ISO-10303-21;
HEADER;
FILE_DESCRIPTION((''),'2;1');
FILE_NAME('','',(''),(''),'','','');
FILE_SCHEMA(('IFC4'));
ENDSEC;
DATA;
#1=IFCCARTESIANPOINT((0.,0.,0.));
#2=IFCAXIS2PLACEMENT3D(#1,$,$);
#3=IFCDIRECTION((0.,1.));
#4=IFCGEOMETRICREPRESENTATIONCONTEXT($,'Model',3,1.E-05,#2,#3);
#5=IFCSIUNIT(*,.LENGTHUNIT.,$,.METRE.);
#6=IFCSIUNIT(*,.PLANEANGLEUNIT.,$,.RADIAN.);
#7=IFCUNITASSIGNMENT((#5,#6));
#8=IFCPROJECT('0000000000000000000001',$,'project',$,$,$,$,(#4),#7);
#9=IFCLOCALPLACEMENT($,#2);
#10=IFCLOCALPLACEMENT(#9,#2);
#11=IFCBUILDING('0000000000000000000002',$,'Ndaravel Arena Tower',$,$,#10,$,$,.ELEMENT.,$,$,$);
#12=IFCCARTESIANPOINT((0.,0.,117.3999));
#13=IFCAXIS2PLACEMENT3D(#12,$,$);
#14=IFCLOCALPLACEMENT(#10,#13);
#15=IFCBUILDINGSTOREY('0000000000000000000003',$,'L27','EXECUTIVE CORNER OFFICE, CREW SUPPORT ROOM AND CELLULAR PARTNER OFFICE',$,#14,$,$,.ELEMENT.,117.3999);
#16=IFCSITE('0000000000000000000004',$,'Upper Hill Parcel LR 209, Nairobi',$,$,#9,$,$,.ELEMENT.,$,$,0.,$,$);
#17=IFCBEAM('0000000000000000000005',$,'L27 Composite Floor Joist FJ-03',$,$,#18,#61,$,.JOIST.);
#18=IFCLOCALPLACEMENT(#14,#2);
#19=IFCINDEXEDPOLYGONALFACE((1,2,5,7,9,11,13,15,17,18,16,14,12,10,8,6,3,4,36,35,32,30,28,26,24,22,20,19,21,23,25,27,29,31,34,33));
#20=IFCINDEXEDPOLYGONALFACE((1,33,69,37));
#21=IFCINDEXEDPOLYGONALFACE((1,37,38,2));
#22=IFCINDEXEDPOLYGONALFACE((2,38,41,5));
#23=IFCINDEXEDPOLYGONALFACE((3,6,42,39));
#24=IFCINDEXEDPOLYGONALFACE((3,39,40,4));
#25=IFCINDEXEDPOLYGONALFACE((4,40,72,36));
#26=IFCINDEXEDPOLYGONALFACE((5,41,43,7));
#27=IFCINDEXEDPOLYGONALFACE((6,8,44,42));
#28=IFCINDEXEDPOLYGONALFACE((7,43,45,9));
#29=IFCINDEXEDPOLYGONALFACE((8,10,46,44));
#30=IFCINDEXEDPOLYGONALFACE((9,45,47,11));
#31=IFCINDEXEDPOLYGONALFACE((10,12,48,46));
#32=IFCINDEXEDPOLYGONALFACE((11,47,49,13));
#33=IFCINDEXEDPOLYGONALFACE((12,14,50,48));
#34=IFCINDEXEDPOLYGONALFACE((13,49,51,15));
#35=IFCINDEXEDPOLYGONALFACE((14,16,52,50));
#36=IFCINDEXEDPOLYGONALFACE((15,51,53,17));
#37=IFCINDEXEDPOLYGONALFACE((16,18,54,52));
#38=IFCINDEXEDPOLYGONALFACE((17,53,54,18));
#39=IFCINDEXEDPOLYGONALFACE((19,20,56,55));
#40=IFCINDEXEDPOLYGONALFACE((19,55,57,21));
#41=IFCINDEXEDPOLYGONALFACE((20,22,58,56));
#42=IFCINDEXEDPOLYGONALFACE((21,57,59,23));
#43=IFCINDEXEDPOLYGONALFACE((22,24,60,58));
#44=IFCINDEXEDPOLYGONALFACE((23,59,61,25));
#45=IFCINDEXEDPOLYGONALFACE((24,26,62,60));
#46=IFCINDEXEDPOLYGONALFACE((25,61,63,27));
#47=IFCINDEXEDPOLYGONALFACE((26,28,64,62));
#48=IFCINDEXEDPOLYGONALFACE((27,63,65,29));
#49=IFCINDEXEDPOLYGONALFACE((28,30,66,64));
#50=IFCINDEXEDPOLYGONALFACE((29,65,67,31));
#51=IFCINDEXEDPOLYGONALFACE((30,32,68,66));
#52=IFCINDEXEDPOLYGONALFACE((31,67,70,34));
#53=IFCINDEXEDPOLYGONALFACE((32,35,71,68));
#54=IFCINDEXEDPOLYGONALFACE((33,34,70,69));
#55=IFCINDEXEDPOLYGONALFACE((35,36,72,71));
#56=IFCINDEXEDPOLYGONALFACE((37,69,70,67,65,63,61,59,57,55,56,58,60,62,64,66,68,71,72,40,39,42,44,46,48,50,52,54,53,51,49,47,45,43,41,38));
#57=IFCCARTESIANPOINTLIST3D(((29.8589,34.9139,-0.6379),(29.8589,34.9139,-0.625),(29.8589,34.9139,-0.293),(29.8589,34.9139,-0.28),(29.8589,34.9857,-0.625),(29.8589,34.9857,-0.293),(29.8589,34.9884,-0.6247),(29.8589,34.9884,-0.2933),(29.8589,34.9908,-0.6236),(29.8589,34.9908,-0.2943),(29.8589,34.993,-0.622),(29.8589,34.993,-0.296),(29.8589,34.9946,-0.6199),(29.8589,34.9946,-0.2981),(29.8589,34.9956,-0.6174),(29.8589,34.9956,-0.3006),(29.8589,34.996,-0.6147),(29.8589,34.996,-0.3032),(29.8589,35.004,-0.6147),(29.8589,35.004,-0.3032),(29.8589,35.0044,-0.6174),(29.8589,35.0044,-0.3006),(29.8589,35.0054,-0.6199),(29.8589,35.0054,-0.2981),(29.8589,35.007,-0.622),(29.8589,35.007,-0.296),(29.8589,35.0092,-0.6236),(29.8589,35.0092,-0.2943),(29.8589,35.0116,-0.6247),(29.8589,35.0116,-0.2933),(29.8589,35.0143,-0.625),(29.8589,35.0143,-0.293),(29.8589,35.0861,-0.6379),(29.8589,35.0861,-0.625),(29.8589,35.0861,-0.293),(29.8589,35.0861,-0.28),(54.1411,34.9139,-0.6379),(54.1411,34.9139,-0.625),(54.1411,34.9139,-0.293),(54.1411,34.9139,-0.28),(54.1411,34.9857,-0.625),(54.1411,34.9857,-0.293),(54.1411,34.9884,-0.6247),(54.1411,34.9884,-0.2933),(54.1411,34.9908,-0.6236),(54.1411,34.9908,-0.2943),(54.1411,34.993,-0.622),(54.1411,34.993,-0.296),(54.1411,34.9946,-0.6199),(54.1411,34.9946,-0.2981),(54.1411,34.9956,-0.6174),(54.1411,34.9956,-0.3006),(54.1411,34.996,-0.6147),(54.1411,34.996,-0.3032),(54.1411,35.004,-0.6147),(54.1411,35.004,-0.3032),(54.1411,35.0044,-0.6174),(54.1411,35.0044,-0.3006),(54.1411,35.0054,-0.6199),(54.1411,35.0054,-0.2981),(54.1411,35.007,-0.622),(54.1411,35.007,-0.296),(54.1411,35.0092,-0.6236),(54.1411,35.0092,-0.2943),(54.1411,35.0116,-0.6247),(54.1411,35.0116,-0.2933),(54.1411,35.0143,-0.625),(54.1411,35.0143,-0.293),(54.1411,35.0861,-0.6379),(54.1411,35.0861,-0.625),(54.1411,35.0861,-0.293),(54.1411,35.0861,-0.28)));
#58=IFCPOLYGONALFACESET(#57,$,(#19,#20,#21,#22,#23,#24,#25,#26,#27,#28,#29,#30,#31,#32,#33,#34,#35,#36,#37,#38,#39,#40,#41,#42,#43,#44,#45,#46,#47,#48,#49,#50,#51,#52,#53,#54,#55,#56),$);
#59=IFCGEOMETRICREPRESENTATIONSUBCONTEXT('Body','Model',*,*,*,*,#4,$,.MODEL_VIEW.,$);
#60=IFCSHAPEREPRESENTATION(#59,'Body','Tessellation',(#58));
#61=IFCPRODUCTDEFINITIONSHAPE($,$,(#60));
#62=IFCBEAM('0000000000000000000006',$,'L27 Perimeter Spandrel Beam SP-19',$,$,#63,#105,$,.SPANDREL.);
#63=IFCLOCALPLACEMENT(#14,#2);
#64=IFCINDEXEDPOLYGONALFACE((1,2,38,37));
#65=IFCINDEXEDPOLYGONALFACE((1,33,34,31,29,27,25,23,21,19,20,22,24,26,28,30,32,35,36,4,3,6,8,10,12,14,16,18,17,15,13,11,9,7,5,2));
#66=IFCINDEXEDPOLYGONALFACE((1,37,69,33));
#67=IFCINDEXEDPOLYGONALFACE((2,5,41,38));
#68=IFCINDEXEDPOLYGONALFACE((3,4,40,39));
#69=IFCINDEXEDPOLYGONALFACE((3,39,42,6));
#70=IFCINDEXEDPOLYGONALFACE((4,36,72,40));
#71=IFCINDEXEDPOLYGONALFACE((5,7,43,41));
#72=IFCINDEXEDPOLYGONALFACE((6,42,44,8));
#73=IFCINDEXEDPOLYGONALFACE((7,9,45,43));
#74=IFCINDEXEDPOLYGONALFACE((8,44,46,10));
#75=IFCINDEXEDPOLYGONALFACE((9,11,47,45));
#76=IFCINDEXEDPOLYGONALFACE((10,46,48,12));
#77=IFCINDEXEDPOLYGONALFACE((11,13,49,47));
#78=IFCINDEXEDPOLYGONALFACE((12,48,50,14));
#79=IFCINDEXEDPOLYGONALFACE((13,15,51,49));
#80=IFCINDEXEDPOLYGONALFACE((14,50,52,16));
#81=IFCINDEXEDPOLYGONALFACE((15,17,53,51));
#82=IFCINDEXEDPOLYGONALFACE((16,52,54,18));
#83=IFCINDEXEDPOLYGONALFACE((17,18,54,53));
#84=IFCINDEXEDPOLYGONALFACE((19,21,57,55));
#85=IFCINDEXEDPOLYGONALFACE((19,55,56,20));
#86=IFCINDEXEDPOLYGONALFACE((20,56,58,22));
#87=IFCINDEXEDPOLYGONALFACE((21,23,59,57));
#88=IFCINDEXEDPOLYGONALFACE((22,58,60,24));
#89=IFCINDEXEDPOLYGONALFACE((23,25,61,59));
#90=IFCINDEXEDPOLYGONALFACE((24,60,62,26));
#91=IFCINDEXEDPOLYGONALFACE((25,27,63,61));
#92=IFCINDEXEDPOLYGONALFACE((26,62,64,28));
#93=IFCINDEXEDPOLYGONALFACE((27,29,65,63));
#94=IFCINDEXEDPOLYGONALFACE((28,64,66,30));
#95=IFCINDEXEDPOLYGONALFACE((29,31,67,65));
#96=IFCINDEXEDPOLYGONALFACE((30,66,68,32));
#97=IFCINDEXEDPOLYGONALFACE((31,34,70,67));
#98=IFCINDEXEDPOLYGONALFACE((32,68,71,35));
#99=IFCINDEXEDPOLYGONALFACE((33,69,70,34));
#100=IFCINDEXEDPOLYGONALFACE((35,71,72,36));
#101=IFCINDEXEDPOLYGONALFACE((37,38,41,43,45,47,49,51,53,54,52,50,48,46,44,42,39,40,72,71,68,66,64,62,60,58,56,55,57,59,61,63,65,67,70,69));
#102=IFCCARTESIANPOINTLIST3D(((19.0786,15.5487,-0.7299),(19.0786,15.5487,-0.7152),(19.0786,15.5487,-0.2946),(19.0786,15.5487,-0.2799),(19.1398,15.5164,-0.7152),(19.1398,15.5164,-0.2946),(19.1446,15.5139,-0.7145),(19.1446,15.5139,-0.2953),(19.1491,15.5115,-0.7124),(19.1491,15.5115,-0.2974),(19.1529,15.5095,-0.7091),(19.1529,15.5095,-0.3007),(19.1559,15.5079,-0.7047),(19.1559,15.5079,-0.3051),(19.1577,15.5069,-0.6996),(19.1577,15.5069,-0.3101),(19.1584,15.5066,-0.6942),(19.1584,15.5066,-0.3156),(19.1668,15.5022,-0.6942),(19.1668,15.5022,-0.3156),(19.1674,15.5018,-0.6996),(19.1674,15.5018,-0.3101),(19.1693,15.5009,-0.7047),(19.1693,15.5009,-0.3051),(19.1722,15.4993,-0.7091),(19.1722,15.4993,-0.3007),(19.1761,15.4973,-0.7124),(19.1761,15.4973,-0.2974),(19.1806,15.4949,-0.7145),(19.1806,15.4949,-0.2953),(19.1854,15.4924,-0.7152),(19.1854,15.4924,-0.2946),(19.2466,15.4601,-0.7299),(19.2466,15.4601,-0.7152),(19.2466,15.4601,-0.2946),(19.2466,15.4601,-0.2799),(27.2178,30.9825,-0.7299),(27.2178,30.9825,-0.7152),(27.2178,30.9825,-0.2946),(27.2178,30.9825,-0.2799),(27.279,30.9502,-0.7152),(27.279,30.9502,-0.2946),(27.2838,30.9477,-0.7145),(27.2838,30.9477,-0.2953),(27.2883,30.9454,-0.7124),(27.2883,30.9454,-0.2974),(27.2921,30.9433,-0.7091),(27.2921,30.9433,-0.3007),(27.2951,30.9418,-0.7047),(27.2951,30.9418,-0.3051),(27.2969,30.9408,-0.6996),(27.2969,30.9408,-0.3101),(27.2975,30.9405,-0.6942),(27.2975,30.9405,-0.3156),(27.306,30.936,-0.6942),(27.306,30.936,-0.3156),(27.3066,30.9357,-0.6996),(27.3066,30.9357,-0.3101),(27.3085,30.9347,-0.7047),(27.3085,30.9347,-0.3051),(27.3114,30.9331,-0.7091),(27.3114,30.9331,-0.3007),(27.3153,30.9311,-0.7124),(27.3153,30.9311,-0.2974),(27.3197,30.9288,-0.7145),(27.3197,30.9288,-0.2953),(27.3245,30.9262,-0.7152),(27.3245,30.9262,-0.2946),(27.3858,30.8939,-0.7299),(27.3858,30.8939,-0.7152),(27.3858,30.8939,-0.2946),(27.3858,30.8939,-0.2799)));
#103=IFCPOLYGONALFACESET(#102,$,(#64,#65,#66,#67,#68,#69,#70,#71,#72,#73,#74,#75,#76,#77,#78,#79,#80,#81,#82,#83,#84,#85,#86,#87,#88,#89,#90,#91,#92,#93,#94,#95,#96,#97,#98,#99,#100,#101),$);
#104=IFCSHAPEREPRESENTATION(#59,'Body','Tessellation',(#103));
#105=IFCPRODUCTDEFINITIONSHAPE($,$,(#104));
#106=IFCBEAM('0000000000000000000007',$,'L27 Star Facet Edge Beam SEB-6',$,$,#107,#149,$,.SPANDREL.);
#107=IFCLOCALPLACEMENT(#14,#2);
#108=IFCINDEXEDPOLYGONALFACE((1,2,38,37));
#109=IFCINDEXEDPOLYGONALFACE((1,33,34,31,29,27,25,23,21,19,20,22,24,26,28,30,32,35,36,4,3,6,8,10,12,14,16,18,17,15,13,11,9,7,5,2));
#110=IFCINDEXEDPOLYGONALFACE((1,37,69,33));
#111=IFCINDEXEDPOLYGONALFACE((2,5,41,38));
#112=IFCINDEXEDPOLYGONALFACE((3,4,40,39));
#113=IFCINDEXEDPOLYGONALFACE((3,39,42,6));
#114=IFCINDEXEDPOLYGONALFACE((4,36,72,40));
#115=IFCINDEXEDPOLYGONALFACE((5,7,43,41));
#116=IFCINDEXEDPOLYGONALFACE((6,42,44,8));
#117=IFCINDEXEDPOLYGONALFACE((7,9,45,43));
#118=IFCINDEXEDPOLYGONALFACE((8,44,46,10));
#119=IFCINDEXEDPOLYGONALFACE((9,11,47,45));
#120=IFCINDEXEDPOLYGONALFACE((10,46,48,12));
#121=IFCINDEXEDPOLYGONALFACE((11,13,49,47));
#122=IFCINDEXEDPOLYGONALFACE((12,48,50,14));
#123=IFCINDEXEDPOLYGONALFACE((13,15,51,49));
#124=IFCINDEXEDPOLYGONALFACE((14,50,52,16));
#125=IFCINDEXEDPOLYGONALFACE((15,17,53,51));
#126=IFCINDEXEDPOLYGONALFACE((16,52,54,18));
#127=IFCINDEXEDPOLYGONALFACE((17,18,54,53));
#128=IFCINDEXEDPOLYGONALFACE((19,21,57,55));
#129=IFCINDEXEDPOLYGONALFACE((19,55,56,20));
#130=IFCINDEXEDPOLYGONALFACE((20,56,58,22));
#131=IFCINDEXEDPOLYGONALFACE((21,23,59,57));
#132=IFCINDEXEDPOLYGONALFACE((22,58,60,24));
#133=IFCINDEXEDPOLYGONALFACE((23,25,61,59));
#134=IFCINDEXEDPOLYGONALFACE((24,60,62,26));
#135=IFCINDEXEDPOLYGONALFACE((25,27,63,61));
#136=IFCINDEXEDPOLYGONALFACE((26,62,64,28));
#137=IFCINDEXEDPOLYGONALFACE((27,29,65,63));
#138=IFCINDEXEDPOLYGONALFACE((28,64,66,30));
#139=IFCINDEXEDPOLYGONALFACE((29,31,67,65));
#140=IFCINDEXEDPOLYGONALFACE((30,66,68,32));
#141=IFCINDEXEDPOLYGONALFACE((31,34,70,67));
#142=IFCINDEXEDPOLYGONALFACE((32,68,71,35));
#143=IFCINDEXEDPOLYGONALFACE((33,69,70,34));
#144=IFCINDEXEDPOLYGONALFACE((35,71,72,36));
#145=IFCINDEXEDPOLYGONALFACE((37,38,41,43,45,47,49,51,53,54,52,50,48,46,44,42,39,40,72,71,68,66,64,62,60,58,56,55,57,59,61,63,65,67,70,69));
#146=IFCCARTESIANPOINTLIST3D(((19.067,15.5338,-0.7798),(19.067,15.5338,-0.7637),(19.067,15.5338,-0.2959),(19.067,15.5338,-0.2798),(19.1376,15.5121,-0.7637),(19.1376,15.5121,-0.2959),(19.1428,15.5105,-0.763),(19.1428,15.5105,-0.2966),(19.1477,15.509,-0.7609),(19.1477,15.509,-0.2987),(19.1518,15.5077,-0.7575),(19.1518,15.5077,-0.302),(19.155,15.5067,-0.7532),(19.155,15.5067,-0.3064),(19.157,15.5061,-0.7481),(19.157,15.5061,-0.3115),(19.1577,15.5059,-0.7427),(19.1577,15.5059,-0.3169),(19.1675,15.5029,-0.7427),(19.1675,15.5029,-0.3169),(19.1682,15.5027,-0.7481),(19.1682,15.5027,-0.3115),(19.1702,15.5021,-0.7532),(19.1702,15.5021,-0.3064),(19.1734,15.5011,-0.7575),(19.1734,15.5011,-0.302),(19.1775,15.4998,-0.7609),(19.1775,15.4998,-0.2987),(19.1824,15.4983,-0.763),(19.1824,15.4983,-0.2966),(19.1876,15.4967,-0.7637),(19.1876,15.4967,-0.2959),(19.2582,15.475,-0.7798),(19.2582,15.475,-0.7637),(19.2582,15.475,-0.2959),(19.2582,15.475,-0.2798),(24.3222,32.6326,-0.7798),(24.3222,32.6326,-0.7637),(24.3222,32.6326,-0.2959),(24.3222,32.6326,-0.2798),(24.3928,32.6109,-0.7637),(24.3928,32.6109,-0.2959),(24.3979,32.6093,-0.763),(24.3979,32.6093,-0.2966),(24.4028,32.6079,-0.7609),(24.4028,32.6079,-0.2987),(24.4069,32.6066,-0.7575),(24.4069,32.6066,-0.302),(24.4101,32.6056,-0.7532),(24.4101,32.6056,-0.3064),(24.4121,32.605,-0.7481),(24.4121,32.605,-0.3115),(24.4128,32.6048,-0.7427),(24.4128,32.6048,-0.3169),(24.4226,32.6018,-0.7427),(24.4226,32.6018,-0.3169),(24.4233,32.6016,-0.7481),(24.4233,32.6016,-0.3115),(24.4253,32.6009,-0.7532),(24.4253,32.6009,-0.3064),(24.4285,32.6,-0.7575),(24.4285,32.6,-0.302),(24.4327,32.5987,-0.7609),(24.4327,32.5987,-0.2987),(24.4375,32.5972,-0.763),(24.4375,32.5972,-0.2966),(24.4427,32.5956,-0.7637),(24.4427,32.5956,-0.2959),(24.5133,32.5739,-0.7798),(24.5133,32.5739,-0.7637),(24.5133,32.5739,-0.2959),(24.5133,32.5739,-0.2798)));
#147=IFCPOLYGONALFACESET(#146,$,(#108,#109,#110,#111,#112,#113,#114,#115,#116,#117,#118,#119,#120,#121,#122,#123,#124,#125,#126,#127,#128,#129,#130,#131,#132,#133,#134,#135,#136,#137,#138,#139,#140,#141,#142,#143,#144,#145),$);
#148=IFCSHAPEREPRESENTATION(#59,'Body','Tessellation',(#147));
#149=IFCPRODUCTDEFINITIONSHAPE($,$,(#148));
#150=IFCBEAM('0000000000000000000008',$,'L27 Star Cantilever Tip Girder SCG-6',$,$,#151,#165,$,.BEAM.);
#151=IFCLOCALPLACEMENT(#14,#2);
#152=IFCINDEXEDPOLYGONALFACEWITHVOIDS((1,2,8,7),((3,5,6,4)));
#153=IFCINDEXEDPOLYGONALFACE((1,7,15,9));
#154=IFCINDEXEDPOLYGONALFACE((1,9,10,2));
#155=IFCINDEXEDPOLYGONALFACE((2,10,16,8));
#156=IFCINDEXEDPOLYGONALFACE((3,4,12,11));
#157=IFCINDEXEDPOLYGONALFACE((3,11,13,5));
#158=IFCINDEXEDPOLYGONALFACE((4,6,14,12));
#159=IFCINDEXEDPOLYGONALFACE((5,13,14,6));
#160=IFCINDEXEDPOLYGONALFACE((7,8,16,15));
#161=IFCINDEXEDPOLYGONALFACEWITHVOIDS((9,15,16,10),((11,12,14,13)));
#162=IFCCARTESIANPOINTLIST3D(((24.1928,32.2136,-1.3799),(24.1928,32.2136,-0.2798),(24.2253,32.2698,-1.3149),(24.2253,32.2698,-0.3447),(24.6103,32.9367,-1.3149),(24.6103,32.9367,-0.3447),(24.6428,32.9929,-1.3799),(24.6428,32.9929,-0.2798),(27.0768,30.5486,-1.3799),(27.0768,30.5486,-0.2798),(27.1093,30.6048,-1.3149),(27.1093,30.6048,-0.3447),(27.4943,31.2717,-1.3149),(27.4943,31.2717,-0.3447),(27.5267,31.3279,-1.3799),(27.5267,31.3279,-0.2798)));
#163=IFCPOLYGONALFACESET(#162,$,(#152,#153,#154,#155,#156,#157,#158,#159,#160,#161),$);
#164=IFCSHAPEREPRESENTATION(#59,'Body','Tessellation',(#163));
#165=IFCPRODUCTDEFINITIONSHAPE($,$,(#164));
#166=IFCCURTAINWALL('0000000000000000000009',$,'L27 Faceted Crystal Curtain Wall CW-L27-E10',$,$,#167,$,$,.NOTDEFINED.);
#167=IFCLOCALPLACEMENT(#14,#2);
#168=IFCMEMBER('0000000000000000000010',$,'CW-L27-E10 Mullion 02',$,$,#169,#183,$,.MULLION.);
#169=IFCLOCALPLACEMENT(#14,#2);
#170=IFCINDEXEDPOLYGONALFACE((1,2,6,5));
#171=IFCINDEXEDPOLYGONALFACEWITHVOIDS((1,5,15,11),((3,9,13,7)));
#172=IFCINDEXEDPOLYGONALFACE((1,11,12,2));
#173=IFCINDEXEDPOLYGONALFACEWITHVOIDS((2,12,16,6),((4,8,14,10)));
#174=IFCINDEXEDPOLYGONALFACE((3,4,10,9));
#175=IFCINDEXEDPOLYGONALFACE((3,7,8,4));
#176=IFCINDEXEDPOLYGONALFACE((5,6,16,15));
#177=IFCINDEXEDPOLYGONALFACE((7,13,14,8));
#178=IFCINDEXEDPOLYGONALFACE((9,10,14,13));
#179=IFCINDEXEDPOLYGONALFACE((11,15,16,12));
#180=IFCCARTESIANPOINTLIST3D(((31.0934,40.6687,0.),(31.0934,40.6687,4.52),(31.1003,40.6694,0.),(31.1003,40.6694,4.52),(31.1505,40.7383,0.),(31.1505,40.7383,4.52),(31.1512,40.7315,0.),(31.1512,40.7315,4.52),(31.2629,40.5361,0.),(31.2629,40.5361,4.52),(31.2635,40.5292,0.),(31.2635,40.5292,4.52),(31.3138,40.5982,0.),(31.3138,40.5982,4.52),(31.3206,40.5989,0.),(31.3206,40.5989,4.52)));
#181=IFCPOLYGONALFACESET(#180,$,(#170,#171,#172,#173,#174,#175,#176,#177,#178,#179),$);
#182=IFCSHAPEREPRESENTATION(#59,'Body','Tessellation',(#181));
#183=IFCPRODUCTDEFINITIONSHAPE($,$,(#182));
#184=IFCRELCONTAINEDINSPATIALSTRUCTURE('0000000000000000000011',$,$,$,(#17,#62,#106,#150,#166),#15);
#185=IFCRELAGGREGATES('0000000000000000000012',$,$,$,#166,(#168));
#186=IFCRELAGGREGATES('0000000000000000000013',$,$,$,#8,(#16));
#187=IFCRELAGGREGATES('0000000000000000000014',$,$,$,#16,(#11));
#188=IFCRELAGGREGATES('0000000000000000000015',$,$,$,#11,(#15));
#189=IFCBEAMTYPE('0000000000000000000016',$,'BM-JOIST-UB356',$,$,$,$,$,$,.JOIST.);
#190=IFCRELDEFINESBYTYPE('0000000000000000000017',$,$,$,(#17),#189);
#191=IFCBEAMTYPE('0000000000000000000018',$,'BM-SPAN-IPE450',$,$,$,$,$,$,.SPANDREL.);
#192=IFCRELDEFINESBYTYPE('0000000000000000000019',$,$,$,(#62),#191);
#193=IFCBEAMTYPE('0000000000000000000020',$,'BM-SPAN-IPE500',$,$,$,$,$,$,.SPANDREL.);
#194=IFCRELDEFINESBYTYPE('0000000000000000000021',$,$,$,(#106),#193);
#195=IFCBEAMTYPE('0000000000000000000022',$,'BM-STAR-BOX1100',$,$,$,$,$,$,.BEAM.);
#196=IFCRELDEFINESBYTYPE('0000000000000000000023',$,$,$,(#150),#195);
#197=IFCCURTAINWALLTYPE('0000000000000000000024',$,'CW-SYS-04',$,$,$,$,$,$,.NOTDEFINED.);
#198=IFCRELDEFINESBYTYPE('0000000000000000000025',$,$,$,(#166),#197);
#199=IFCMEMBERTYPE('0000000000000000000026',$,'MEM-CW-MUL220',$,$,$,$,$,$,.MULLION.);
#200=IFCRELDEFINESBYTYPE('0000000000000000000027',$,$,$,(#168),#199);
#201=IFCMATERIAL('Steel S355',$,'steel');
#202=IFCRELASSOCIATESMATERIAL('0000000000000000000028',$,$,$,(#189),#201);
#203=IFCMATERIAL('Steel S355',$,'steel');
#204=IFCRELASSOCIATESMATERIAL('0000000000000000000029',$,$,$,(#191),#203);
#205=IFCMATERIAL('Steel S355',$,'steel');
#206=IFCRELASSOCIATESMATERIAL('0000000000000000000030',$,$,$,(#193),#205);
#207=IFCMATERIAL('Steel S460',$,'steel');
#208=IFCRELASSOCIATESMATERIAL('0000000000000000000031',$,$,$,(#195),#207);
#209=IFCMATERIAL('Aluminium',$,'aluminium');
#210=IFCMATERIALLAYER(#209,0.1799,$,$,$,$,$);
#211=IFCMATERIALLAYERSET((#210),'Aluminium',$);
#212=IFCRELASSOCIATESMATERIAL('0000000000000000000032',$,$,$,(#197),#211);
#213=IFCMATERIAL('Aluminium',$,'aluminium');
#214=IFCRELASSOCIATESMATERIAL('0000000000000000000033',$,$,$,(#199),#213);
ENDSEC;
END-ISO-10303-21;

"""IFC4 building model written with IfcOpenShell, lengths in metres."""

from ifc_helpers import new_model, si_unit, direction, frame, origin, origin_2d, place, context, subcontext, project, spatial, hollow_rectangle, i_section, extrude, material, layer, layer_set, material_profile, profile_set, type_object, element, aggregate, save


model = new_model("IFC4")

# Units and contexts
model_context = context("Model", 3, precision=1e-05, world=origin(), true_north=direction((0.0, 1.0)))
body_context = subcontext(model_context, "Body", "Model", "MODEL_VIEW")
ifc_project = project(units=[si_unit("LENGTHUNIT", "METRE"), si_unit("PLANEANGLEUNIT", "RADIAN")], contexts=[model_context])

# Site, building, storey
site_placement = place(None, origin())
site = spatial("IfcSite", under=ifc_project, at=site_placement, Name="Upper Hill Parcel LR 209, Nairobi", CompositionType="ELEMENT", RefElevation=0.0)
building_placement = place(site_placement, origin())
building = spatial("IfcBuilding", under=site, at=building_placement, Name="Ndaravel Arena Tower", CompositionType="ELEMENT")
storey_placement = place(building_placement, frame((0.0, 0.0, 117.3999)))
storey = spatial("IfcBuildingStorey", under=building, at=storey_placement, Name="L27", Description="EXECUTIVE CORNER OFFICE, CREW SUPPORT ROOM AND CELLULAR PARTNER OFFICE", CompositionType="ELEMENT", Elevation=117.3999)

# Beams
ifc_material_1 = material(Name="Steel S355", Category="steel")
ifc_material_profile_1 = material_profile(ifc_material_1, i_section(OverallWidth=0.1721, OverallDepth=0.3579, WebThickness=0.0081, FlangeThickness=0.0129, FilletRadius=0.0103, at=origin_2d()), Name="UB 356x171x57")
ifc_profile_set_1 = profile_set([ifc_material_profile_1], Name="Steel S355")
beam_type_1 = type_object("IfcBeamType", Name="BM-JOIST-UB356", PredefinedType="JOIST", material=ifc_profile_set_1)
beam_1_placement = place(storey_placement, frame((29.8589, 35.0, -0.459), z_axis=(1.0, 0.0, 0.0), x_axis=(0.0, 1.0, 0.0)))
element("IfcBeam", 1, at=beam_1_placement, inside=storey, type_object=beam_type_1, Name="L27 Composite Floor Joist FJ-03", PredefinedType="JOIST", context=body_context, shape_type="SweptSolid", body=[
    extrude(i_section(OverallWidth=0.1721, OverallDepth=0.3579, WebThickness=0.0081, FlangeThickness=0.0129, FilletRadius=0.0103, at=origin_2d()), origin(), (0.0, 0.0, 1.0), 24.2822),
])
ifc_material_2 = material(Name="Steel S355", Category="steel")
ifc_material_profile_2 = material_profile(ifc_material_2, i_section(OverallWidth=0.1899, OverallDepth=0.45, WebThickness=0.0095, FlangeThickness=0.0146, FilletRadius=0.021, at=origin_2d()), Name="IPE 450")
ifc_profile_set_2 = profile_set([ifc_material_profile_2], Name="Steel S355")
beam_type_2 = type_object("IfcBeamType", Name="BM-SPAN-IPE450", PredefinedType="SPANDREL", material=ifc_profile_set_2)
beam_2_placement = place(storey_placement, frame((27.3018, 30.9382, -0.5049), z_axis=(-0.466468, -0.884538, 0.0), x_axis=(0.884538, -0.466468, 0.0)))
element("IfcBeam", 2, at=beam_2_placement, inside=storey, type_object=beam_type_2, Name="L27 Perimeter Spandrel Beam SP-19", PredefinedType="SPANDREL", context=body_context, shape_type="SweptSolid", body=[
    extrude(i_section(OverallWidth=0.1899, OverallDepth=0.45, WebThickness=0.0095, FlangeThickness=0.0146, FilletRadius=0.021, at=origin_2d()), origin(), (0.0, 0.0, 1.0), 17.4485),
])
ifc_material_3 = material(Name="Steel S355", Category="steel")
ifc_material_profile_3 = material_profile(ifc_material_3, i_section(OverallWidth=0.2, OverallDepth=0.5, WebThickness=0.0103, FlangeThickness=0.0161, FilletRadius=0.021, at=origin_2d()), Name="IPE 500")
ifc_profile_set_3 = profile_set([ifc_material_profile_3], Name="Steel S355")
beam_type_3 = type_object("IfcBeamType", Name="BM-SPAN-IPE500", PredefinedType="SPANDREL", material=ifc_profile_set_3)
beam_3_placement = place(storey_placement, frame((24.4177, 32.6033, -0.5298), z_axis=(-0.293776, -0.955874, 0.0), x_axis=(0.955874, -0.293776, 0.0)))
element("IfcBeam", 3, at=beam_3_placement, inside=storey, type_object=beam_type_3, Name="L27 Star Facet Edge Beam SEB-6", PredefinedType="SPANDREL", context=body_context, shape_type="SweptSolid", body=[
    extrude(i_section(OverallWidth=0.2, OverallDepth=0.5, WebThickness=0.0103, FlangeThickness=0.0161, FilletRadius=0.021, at=origin_2d()), origin(), (0.0, 0.0, 1.0), 17.8882),
])
ifc_material_4 = material(Name="Steel S460", Category="steel")
ifc_material_profile_4 = material_profile(ifc_material_4, hollow_rectangle(XDim=0.8999, YDim=1.1001, WallThickness=0.0649, at=origin_2d()), Name="BOX 1100x900x65")
ifc_profile_set_4 = profile_set([ifc_material_profile_4], Name="Steel S460")
beam_type_4 = type_object("IfcBeamType", Name="BM-STAR-BOX1100", PredefinedType="BEAM", material=ifc_profile_set_4)
beam_4_placement = place(storey_placement, frame((27.3018, 30.9382, -0.8298), z_axis=(-0.866033, 0.499987, 0.0), x_axis=(-0.499987, -0.866033, 0.0)))
element("IfcBeam", 4, at=beam_4_placement, inside=storey, type_object=beam_type_4, Name="L27 Star Cantilever Tip Girder SCG-6", PredefinedType="BEAM", context=body_context, shape_type="SweptSolid", body=[
    extrude(hollow_rectangle(XDim=0.8999, YDim=1.1001, WallThickness=0.0649, at=origin_2d()), origin(), (0.0, 0.0, 1.0), 3.3301),
])

# Curtain wall, member
ifc_material_5 = material(Name="Aluminium", Category="aluminium")
ifc_layer_1 = layer(ifc_material_5, 0.1799)
ifc_layer_set_1 = layer_set([ifc_layer_1], Name="Aluminium")
curtain_wall_type = type_object("IfcCurtainWallType", Name="CW-SYS-04", PredefinedType="NOTDEFINED", material=ifc_layer_set_1)
curtain_wall_1_placement = place(storey_placement, origin())
curtain_wall_1 = element("IfcCurtainWall", 5, at=curtain_wall_1_placement, inside=storey, type_object=curtain_wall_type, Name="L27 Faceted Crystal Curtain Wall CW-L27-E10", PredefinedType="NOTDEFINED")
ifc_material_6 = material(Name="Aluminium", Category="aluminium")
ifc_material_profile_5 = material_profile(ifc_material_6, hollow_rectangle(XDim=0.0901, YDim=0.22, WallThickness=0.0049, at=origin_2d()), Name="CW MULLION 90x220x5")
ifc_profile_set_5 = profile_set([ifc_material_profile_5], Name="Aluminium")
member_type_1 = type_object("IfcMemberType", Name="MEM-CW-MUL220", PredefinedType="MULLION", material=ifc_profile_set_5)
member_1_placement = place(storey_placement, frame((31.207, 40.6338, 0.0), z_axis=(0.0, 0.0, 1.0), x_axis=(-0.633934, -0.773387, 0.0)))
member_1 = element("IfcMember", 6, at=member_1_placement, type_object=member_type_1, Name="CW-L27-E10 Mullion 02", PredefinedType="MULLION", context=body_context, shape_type="SweptSolid", body=[
    extrude(hollow_rectangle(XDim=0.0901, YDim=0.22, WallThickness=0.0049, at=origin_2d()), origin(), (0.0, 0.0, 1.0), 4.52),
])

aggregate(curtain_wall_1, [member_1])

save(model, "model.ifc")
